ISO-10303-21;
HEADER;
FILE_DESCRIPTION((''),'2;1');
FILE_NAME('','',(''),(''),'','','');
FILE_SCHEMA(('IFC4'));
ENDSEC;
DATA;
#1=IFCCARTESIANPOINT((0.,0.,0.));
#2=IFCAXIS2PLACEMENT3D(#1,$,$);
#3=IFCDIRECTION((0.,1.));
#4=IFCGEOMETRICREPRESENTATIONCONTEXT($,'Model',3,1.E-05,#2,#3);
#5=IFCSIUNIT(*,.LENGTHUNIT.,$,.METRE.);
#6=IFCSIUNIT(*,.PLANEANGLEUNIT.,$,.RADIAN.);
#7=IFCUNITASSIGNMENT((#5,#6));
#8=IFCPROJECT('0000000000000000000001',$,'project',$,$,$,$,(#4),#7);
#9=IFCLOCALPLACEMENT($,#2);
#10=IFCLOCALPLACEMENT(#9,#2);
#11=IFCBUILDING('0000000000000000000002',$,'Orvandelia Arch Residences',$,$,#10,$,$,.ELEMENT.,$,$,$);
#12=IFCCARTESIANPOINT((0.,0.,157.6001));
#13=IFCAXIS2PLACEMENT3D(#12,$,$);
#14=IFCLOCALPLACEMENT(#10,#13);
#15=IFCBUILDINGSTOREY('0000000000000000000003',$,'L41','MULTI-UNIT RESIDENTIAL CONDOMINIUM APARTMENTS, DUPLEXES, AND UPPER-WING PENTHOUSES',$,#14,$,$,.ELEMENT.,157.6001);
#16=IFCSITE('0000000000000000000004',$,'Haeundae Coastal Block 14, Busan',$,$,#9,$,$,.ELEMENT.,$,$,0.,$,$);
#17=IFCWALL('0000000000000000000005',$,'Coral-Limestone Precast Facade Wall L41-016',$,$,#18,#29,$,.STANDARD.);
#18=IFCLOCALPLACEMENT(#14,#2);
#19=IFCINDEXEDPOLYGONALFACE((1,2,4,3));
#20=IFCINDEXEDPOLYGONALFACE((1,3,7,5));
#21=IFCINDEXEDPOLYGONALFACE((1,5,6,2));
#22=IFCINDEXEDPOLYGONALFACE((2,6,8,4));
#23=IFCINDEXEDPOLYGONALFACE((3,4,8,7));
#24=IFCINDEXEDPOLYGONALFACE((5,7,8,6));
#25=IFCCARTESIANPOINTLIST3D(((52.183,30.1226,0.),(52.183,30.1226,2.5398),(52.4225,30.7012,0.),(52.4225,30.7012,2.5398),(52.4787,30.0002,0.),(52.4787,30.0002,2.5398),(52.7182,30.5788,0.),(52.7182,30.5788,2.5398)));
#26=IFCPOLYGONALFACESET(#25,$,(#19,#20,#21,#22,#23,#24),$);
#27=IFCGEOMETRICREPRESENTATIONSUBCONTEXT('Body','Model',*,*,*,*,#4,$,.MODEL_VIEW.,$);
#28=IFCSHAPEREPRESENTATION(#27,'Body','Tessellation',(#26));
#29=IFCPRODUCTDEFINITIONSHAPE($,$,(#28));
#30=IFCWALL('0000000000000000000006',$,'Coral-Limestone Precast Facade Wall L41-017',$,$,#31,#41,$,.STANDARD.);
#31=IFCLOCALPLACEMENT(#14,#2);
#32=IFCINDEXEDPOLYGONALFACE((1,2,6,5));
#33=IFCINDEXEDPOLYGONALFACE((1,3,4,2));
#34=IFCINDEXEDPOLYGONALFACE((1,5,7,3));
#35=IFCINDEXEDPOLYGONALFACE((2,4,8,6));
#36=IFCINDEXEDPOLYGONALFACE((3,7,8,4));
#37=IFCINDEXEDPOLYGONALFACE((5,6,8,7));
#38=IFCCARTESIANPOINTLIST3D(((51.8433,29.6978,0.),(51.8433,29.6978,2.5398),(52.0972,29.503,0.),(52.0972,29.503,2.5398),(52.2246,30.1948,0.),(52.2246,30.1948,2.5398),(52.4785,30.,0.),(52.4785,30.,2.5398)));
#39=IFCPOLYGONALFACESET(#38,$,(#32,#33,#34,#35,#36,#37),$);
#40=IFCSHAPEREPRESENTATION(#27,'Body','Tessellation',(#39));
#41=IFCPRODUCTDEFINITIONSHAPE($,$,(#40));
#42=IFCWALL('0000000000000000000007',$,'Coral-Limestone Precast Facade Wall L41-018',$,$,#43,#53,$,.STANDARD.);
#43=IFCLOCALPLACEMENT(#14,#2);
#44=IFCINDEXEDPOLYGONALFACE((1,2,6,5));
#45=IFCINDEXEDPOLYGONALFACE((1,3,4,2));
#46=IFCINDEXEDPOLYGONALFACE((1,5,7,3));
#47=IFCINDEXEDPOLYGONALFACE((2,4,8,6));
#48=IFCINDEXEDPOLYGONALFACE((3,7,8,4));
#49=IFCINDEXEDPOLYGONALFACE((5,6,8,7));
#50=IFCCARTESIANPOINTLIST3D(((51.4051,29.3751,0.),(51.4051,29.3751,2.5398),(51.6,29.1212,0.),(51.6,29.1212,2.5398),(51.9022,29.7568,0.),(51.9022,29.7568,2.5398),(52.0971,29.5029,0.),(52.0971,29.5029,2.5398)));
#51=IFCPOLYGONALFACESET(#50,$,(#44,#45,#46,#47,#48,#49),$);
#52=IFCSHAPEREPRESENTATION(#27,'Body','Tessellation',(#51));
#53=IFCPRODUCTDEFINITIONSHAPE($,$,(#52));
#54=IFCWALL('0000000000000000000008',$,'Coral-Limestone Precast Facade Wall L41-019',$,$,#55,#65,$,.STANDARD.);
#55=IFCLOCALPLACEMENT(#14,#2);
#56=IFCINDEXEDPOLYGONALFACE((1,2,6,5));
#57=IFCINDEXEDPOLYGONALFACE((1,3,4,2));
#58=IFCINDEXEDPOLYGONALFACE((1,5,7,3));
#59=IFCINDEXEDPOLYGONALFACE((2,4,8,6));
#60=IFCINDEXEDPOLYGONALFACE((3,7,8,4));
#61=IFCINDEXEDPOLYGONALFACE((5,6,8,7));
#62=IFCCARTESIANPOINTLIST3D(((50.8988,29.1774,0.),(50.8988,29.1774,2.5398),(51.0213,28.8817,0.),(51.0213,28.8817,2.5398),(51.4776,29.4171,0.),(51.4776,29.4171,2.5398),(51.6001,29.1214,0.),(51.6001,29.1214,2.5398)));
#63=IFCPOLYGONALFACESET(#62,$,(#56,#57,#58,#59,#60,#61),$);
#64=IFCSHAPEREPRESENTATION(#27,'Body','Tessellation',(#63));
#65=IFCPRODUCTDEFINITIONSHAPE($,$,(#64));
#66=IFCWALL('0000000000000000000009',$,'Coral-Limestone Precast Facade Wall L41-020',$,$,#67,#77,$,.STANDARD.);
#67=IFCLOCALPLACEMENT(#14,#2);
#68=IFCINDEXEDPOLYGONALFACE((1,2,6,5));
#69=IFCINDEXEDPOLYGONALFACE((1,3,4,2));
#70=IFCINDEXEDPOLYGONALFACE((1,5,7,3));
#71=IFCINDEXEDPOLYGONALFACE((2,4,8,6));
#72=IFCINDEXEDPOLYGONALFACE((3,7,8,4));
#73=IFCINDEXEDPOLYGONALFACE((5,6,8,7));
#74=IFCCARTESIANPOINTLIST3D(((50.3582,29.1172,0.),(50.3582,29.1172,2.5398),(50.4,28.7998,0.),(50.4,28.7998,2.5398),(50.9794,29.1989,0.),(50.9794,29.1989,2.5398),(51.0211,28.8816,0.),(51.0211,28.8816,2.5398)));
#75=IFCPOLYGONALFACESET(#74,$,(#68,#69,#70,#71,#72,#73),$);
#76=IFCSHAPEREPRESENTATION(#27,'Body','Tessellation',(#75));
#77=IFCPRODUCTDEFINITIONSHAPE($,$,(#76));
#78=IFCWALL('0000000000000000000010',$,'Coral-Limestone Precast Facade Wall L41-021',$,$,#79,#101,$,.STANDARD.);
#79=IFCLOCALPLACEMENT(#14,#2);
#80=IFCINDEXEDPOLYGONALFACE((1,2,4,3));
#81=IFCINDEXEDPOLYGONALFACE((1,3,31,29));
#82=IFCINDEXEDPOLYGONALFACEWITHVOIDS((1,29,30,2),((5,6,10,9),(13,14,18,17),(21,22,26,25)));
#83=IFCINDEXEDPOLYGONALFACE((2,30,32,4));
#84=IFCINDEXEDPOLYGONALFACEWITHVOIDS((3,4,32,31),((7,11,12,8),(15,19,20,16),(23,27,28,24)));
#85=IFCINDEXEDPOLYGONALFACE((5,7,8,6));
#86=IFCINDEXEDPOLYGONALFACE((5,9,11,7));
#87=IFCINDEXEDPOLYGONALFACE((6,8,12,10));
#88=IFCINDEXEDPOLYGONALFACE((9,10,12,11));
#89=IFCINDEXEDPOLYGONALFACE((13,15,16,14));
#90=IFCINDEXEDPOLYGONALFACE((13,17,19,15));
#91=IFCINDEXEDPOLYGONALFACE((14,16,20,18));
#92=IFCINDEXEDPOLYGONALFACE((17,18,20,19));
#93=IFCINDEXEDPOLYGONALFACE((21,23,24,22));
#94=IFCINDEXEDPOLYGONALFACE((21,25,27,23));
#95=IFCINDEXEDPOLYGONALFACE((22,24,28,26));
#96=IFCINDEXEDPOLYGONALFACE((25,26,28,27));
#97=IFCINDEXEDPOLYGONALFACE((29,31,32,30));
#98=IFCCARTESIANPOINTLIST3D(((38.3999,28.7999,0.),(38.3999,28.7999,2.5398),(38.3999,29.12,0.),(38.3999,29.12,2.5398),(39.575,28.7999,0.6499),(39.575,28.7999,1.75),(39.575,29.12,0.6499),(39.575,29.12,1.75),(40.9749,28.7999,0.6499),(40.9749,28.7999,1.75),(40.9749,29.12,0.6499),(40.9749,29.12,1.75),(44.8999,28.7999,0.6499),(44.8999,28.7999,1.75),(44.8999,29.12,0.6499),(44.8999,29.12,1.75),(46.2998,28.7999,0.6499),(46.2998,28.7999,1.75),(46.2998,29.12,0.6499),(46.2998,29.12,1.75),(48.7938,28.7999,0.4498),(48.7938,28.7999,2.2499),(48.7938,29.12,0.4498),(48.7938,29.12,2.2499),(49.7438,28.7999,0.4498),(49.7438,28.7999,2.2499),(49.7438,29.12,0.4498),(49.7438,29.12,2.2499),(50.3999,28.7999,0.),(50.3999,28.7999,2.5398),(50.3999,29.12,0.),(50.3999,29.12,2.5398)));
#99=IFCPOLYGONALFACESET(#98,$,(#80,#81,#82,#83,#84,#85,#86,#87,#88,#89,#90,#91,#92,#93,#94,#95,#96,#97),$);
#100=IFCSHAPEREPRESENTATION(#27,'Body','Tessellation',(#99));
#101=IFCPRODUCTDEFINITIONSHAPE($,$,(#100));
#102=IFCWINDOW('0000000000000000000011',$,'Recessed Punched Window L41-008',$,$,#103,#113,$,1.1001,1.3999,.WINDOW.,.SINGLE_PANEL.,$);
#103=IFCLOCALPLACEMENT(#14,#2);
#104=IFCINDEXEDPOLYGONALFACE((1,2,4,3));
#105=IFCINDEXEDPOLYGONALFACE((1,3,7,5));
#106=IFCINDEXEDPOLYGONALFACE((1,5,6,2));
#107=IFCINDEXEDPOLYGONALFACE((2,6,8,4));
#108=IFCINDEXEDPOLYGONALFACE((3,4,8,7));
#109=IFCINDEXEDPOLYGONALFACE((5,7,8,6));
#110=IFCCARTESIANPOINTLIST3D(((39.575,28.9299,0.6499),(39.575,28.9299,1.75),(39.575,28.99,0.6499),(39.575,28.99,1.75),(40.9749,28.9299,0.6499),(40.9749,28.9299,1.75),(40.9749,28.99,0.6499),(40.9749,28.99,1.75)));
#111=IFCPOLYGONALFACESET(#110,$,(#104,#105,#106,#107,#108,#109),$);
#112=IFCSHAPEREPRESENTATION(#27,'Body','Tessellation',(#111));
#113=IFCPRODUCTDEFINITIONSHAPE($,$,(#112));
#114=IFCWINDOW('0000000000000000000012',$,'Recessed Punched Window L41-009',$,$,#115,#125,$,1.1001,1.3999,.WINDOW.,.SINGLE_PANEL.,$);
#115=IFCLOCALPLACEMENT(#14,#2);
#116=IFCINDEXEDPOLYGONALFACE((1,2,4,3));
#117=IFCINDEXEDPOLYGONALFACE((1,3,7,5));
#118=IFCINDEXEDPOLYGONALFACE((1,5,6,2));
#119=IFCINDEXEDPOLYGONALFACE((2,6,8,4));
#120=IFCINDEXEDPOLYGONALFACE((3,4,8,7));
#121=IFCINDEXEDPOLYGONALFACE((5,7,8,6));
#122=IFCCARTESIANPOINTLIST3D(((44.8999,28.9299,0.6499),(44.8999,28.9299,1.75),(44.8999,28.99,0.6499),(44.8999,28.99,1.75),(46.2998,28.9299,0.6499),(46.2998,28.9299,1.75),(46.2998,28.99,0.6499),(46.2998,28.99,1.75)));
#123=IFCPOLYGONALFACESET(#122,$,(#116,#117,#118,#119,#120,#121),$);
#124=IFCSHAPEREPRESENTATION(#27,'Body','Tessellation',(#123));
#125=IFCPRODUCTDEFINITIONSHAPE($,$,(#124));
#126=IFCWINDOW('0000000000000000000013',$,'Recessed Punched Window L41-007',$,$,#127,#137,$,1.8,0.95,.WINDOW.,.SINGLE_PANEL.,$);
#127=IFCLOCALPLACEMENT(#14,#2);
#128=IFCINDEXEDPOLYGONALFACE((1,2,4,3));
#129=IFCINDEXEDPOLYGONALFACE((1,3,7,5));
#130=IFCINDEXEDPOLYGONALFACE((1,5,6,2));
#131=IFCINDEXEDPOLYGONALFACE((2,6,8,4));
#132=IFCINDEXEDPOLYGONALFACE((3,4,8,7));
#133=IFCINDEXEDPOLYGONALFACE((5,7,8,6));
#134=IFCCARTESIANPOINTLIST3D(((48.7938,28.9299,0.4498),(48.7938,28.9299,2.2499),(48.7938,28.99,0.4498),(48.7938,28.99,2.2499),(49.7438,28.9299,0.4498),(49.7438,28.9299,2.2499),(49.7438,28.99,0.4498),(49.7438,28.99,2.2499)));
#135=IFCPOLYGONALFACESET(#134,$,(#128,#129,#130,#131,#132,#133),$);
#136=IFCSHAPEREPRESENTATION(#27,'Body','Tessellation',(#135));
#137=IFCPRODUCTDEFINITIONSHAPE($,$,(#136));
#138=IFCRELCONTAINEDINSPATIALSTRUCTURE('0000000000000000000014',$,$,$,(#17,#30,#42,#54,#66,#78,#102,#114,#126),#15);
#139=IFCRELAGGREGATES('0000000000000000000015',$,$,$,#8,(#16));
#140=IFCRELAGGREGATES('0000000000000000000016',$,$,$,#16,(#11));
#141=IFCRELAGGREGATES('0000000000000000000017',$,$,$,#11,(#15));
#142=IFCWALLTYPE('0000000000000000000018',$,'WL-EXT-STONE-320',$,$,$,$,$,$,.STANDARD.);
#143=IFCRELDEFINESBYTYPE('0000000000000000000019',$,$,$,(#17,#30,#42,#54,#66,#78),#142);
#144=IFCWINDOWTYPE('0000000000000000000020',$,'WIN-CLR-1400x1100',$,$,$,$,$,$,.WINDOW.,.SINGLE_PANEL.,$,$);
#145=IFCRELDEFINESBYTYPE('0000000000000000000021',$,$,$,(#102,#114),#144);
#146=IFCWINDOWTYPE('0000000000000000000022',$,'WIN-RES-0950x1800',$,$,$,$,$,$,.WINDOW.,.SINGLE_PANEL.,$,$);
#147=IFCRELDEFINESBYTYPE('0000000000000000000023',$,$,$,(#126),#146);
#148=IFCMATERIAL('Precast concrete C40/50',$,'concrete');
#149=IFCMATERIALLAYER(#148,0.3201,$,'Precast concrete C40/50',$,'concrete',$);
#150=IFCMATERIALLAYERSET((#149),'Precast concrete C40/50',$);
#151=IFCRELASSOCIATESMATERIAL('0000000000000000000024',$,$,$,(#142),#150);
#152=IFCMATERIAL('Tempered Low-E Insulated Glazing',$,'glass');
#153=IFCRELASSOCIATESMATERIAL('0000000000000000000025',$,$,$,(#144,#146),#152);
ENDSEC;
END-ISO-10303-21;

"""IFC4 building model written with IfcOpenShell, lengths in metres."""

from ifc_helpers import new_model, si_unit, direction, frame, frame_2d, origin, place, context, subcontext, project, spatial, rectangle, extrude, material, layer, layer_set, type_object, element, fill, save


model = new_model("IFC4")

# Units and contexts
model_context = context("Model", 3, precision=1e-05, world=origin(), true_north=direction((0.0, 1.0)))
body_context = subcontext(model_context, "Body", "Model", "MODEL_VIEW")
ifc_project = project(units=[si_unit("LENGTHUNIT", "METRE"), si_unit("PLANEANGLEUNIT", "RADIAN")], contexts=[model_context])

# Site, building, storey
site_placement = place(None, origin())
site = spatial("IfcSite", under=ifc_project, at=site_placement, Name="Haeundae Coastal Block 14, Busan", CompositionType="ELEMENT", RefElevation=0.0)
building_placement = place(site_placement, origin())
building = spatial("IfcBuilding", under=site, at=building_placement, Name="Orvandelia Arch Residences", CompositionType="ELEMENT")
storey_placement = place(building_placement, frame((0.0, 0.0, 157.6001)))
storey = spatial("IfcBuildingStorey", under=building, at=storey_placement, Name="L41", Description="MULTI-UNIT RESIDENTIAL CONDOMINIUM APARTMENTS, DUPLEXES, AND UPPER-WING PENTHOUSES", CompositionType="ELEMENT", Elevation=157.6001)

# Walls
ifc_material_1 = material(Name="Precast concrete C40/50", Category="concrete")
ifc_layer_1 = layer(ifc_material_1, 0.3201, Name="Precast concrete C40/50", Category="concrete")
ifc_layer_set_1 = layer_set([ifc_layer_1], Name="Precast concrete C40/50")
wall_type_1 = type_object("IfcWallType", Name="WL-EXT-STONE-320", PredefinedType="STANDARD", material=ifc_layer_set_1)
wall_1_placement = place(storey_placement, frame((52.5703, 30.6399, 0.0), z_axis=(0.0, 0.0, 1.0), x_axis=(-0.382455, -0.923974, 0.0)))
element("IfcWall", 1, at=wall_1_placement, inside=storey, type_object=wall_type_1, Name="Coral-Limestone Precast Facade Wall L41-016", PredefinedType="STANDARD", context=body_context, shape_type="SweptSolid", body=[
    extrude(rectangle(XDim=0.6262, YDim=0.3201, at=frame_2d((0.313, 0.0))), origin(), (0.0, 0.0, 1.0), 2.5398),
])
wall_2_placement = place(storey_placement, frame((52.3516, 30.0974, 0.0), z_axis=(0.0, 0.0, 1.0), x_axis=(-0.608693, -0.793406, 0.0)))
element("IfcWall", 2, at=wall_2_placement, inside=storey, type_object=wall_type_1, Name="Coral-Limestone Precast Facade Wall L41-017", PredefinedType="STANDARD", context=body_context, shape_type="SweptSolid", body=[
    extrude(rectangle(XDim=0.6265, YDim=0.3201, at=frame_2d((0.3132, 0.0))), origin(), (0.0, 0.0, 1.0), 2.5398),
])
wall_3_placement = place(storey_placement, frame((51.9998, 29.6299, 0.0), z_axis=(0.0, 0.0, 1.0), x_axis=(-0.793217, -0.608939, 0.0)))
element("IfcWall", 3, at=wall_3_placement, inside=storey, type_object=wall_type_1, Name="Coral-Limestone Precast Facade Wall L41-018", PredefinedType="STANDARD", context=body_context, shape_type="SweptSolid", body=[
    extrude(rectangle(XDim=0.6267, YDim=0.3201, at=frame_2d((0.3135, 0.0))), origin(), (0.0, 0.0, 1.0), 2.5398),
])
for number, where, z_axis, x_axis, name in (
    (4, (51.5388, 29.2693, 0.0), (0.0, 0.0, 1.0), (-0.923893, -0.38265, 0.0), "Coral-Limestone Precast Facade Wall L41-019"),
    (5, (51.0002, 29.0403, 0.0), (0.0, 0.0, 1.0), (-0.991441, -0.130555, 0.0), "Coral-Limestone Precast Facade Wall L41-020"),
):
    element("IfcWall", number, at=place(storey_placement, frame(where, z_axis=z_axis, x_axis=x_axis)), inside=storey, type_object=wall_type_1, Name=name, PredefinedType="STANDARD", context=body_context, shape_type="SweptSolid", body=[
        extrude(rectangle(XDim=0.6265, YDim=0.3201, at=frame_2d((0.3132, 0.0))), origin(), (0.0, 0.0, 1.0), 2.5398),
    ])

# Wall, openings, windows
wall_4_placement = place(storey_placement, frame((50.3999, 28.96, 0.0), z_axis=(0.0, 0.0, 1.0), x_axis=(-1.0, 0.0, 0.0)))
wall_4 = element("IfcWall", 6, at=wall_4_placement, inside=storey, type_object=wall_type_1, Name="Coral-Limestone Precast Facade Wall L41-021", PredefinedType="STANDARD", context=body_context, shape_type="SweptSolid", body=[
    extrude(rectangle(XDim=12.0, YDim=0.3201, at=frame_2d((6.0, 0.0))), origin(), (0.0, 0.0, 1.0), 2.5398),
])
opening_1_placement = place(wall_4_placement, frame((0.656, 0.0, 0.45)))
opening_1 = element("IfcOpeningElement", 7, at=opening_1_placement, cuts=wall_4, PredefinedType="OPENING", context=body_context, shape_type="SweptSolid", body=[
    extrude(rectangle(XDim=0.95, YDim=1.8, at=frame_2d((0.4751, 0.8999))), frame((0.0, 0.1699, 0.0), z_axis=(0.0, -1.0, 0.0), x_axis=(1.0, 0.0, 0.0)), (0.0, 0.0, 1.0), 0.3401),
])
opening_2_placement = place(wall_4_placement, frame((9.425, 0.0, 0.6499)))
opening_2 = element("IfcOpeningElement", 8, at=opening_2_placement, cuts=wall_4, PredefinedType="OPENING", context=body_context, shape_type="SweptSolid", body=[
    extrude(rectangle(XDim=1.3999, YDim=1.1001, at=frame_2d((0.7, 0.55))), frame((0.0, 0.1699, 0.0), z_axis=(0.0, -1.0, 0.0), x_axis=(1.0, 0.0, 0.0)), (0.0, 0.0, 1.0), 0.3401),
])
opening_3_placement = place(wall_4_placement, frame((4.1001, 0.0, 0.6499)))
opening_3 = element("IfcOpeningElement", 9, at=opening_3_placement, cuts=wall_4, PredefinedType="OPENING", context=body_context, shape_type="SweptSolid", body=[
    extrude(rectangle(XDim=1.3999, YDim=1.1001, at=frame_2d((0.7, 0.55))), frame((0.0, 0.1699, 0.0), z_axis=(0.0, -1.0, 0.0), x_axis=(1.0, 0.0, 0.0)), (0.0, 0.0, 1.0), 0.3401),
])
ifc_material_2 = material(Name="Tempered Low-E Insulated Glazing", Category="glass")
window_type_1 = type_object("IfcWindowType", Name="WIN-CLR-1400x1100", PartitioningType="SINGLE_PANEL", PredefinedType="WINDOW", material=ifc_material_2)
window_1_placement = place(opening_2_placement, origin())
window_1 = element("IfcWindow", 10, at=window_1_placement, inside=storey, type_object=window_type_1, Name="Recessed Punched Window L41-008", OverallHeight=1.1001, OverallWidth=1.3999, PartitioningType="SINGLE_PANEL", PredefinedType="WINDOW", context=body_context, shape_type="SweptSolid", body=[
    extrude(rectangle(XDim=1.3999, YDim=1.1001, at=frame_2d((0.7, 0.55))), frame((0.0, 0.03, 0.0), z_axis=(0.0, -1.0, 0.0), x_axis=(1.0, 0.0, 0.0)), (0.0, 0.0, 1.0), 0.0601),
])
fill(opening_2, window_1)
window_2_placement = place(opening_3_placement, origin())
window_2 = element("IfcWindow", 11, at=window_2_placement, inside=storey, type_object=window_type_1, Name="Recessed Punched Window L41-009", OverallHeight=1.1001, OverallWidth=1.3999, PartitioningType="SINGLE_PANEL", PredefinedType="WINDOW", context=body_context, shape_type="SweptSolid", body=[
    extrude(rectangle(XDim=1.3999, YDim=1.1001, at=frame_2d((0.7, 0.55))), frame((0.0, 0.03, 0.0), z_axis=(0.0, -1.0, 0.0), x_axis=(1.0, 0.0, 0.0)), (0.0, 0.0, 1.0), 0.0601),
])
fill(opening_3, window_2)
window_type_2 = type_object("IfcWindowType", Name="WIN-RES-0950x1800", PartitioningType="SINGLE_PANEL", PredefinedType="WINDOW", material=ifc_material_2)
window_3_placement = place(opening_1_placement, origin())
window_3 = element("IfcWindow", 12, at=window_3_placement, inside=storey, type_object=window_type_2, Name="Recessed Punched Window L41-007", OverallHeight=1.8, OverallWidth=0.95, PartitioningType="SINGLE_PANEL", PredefinedType="WINDOW", context=body_context, shape_type="SweptSolid", body=[
    extrude(rectangle(XDim=0.95, YDim=1.8, at=frame_2d((0.4751, 0.8999))), frame((0.0, 0.03, 0.0), z_axis=(0.0, -1.0, 0.0), x_axis=(1.0, 0.0, 0.0)), (0.0, 0.0, 1.0), 0.0601),
])
fill(opening_1, window_3)

save(model, "model.ifc")
